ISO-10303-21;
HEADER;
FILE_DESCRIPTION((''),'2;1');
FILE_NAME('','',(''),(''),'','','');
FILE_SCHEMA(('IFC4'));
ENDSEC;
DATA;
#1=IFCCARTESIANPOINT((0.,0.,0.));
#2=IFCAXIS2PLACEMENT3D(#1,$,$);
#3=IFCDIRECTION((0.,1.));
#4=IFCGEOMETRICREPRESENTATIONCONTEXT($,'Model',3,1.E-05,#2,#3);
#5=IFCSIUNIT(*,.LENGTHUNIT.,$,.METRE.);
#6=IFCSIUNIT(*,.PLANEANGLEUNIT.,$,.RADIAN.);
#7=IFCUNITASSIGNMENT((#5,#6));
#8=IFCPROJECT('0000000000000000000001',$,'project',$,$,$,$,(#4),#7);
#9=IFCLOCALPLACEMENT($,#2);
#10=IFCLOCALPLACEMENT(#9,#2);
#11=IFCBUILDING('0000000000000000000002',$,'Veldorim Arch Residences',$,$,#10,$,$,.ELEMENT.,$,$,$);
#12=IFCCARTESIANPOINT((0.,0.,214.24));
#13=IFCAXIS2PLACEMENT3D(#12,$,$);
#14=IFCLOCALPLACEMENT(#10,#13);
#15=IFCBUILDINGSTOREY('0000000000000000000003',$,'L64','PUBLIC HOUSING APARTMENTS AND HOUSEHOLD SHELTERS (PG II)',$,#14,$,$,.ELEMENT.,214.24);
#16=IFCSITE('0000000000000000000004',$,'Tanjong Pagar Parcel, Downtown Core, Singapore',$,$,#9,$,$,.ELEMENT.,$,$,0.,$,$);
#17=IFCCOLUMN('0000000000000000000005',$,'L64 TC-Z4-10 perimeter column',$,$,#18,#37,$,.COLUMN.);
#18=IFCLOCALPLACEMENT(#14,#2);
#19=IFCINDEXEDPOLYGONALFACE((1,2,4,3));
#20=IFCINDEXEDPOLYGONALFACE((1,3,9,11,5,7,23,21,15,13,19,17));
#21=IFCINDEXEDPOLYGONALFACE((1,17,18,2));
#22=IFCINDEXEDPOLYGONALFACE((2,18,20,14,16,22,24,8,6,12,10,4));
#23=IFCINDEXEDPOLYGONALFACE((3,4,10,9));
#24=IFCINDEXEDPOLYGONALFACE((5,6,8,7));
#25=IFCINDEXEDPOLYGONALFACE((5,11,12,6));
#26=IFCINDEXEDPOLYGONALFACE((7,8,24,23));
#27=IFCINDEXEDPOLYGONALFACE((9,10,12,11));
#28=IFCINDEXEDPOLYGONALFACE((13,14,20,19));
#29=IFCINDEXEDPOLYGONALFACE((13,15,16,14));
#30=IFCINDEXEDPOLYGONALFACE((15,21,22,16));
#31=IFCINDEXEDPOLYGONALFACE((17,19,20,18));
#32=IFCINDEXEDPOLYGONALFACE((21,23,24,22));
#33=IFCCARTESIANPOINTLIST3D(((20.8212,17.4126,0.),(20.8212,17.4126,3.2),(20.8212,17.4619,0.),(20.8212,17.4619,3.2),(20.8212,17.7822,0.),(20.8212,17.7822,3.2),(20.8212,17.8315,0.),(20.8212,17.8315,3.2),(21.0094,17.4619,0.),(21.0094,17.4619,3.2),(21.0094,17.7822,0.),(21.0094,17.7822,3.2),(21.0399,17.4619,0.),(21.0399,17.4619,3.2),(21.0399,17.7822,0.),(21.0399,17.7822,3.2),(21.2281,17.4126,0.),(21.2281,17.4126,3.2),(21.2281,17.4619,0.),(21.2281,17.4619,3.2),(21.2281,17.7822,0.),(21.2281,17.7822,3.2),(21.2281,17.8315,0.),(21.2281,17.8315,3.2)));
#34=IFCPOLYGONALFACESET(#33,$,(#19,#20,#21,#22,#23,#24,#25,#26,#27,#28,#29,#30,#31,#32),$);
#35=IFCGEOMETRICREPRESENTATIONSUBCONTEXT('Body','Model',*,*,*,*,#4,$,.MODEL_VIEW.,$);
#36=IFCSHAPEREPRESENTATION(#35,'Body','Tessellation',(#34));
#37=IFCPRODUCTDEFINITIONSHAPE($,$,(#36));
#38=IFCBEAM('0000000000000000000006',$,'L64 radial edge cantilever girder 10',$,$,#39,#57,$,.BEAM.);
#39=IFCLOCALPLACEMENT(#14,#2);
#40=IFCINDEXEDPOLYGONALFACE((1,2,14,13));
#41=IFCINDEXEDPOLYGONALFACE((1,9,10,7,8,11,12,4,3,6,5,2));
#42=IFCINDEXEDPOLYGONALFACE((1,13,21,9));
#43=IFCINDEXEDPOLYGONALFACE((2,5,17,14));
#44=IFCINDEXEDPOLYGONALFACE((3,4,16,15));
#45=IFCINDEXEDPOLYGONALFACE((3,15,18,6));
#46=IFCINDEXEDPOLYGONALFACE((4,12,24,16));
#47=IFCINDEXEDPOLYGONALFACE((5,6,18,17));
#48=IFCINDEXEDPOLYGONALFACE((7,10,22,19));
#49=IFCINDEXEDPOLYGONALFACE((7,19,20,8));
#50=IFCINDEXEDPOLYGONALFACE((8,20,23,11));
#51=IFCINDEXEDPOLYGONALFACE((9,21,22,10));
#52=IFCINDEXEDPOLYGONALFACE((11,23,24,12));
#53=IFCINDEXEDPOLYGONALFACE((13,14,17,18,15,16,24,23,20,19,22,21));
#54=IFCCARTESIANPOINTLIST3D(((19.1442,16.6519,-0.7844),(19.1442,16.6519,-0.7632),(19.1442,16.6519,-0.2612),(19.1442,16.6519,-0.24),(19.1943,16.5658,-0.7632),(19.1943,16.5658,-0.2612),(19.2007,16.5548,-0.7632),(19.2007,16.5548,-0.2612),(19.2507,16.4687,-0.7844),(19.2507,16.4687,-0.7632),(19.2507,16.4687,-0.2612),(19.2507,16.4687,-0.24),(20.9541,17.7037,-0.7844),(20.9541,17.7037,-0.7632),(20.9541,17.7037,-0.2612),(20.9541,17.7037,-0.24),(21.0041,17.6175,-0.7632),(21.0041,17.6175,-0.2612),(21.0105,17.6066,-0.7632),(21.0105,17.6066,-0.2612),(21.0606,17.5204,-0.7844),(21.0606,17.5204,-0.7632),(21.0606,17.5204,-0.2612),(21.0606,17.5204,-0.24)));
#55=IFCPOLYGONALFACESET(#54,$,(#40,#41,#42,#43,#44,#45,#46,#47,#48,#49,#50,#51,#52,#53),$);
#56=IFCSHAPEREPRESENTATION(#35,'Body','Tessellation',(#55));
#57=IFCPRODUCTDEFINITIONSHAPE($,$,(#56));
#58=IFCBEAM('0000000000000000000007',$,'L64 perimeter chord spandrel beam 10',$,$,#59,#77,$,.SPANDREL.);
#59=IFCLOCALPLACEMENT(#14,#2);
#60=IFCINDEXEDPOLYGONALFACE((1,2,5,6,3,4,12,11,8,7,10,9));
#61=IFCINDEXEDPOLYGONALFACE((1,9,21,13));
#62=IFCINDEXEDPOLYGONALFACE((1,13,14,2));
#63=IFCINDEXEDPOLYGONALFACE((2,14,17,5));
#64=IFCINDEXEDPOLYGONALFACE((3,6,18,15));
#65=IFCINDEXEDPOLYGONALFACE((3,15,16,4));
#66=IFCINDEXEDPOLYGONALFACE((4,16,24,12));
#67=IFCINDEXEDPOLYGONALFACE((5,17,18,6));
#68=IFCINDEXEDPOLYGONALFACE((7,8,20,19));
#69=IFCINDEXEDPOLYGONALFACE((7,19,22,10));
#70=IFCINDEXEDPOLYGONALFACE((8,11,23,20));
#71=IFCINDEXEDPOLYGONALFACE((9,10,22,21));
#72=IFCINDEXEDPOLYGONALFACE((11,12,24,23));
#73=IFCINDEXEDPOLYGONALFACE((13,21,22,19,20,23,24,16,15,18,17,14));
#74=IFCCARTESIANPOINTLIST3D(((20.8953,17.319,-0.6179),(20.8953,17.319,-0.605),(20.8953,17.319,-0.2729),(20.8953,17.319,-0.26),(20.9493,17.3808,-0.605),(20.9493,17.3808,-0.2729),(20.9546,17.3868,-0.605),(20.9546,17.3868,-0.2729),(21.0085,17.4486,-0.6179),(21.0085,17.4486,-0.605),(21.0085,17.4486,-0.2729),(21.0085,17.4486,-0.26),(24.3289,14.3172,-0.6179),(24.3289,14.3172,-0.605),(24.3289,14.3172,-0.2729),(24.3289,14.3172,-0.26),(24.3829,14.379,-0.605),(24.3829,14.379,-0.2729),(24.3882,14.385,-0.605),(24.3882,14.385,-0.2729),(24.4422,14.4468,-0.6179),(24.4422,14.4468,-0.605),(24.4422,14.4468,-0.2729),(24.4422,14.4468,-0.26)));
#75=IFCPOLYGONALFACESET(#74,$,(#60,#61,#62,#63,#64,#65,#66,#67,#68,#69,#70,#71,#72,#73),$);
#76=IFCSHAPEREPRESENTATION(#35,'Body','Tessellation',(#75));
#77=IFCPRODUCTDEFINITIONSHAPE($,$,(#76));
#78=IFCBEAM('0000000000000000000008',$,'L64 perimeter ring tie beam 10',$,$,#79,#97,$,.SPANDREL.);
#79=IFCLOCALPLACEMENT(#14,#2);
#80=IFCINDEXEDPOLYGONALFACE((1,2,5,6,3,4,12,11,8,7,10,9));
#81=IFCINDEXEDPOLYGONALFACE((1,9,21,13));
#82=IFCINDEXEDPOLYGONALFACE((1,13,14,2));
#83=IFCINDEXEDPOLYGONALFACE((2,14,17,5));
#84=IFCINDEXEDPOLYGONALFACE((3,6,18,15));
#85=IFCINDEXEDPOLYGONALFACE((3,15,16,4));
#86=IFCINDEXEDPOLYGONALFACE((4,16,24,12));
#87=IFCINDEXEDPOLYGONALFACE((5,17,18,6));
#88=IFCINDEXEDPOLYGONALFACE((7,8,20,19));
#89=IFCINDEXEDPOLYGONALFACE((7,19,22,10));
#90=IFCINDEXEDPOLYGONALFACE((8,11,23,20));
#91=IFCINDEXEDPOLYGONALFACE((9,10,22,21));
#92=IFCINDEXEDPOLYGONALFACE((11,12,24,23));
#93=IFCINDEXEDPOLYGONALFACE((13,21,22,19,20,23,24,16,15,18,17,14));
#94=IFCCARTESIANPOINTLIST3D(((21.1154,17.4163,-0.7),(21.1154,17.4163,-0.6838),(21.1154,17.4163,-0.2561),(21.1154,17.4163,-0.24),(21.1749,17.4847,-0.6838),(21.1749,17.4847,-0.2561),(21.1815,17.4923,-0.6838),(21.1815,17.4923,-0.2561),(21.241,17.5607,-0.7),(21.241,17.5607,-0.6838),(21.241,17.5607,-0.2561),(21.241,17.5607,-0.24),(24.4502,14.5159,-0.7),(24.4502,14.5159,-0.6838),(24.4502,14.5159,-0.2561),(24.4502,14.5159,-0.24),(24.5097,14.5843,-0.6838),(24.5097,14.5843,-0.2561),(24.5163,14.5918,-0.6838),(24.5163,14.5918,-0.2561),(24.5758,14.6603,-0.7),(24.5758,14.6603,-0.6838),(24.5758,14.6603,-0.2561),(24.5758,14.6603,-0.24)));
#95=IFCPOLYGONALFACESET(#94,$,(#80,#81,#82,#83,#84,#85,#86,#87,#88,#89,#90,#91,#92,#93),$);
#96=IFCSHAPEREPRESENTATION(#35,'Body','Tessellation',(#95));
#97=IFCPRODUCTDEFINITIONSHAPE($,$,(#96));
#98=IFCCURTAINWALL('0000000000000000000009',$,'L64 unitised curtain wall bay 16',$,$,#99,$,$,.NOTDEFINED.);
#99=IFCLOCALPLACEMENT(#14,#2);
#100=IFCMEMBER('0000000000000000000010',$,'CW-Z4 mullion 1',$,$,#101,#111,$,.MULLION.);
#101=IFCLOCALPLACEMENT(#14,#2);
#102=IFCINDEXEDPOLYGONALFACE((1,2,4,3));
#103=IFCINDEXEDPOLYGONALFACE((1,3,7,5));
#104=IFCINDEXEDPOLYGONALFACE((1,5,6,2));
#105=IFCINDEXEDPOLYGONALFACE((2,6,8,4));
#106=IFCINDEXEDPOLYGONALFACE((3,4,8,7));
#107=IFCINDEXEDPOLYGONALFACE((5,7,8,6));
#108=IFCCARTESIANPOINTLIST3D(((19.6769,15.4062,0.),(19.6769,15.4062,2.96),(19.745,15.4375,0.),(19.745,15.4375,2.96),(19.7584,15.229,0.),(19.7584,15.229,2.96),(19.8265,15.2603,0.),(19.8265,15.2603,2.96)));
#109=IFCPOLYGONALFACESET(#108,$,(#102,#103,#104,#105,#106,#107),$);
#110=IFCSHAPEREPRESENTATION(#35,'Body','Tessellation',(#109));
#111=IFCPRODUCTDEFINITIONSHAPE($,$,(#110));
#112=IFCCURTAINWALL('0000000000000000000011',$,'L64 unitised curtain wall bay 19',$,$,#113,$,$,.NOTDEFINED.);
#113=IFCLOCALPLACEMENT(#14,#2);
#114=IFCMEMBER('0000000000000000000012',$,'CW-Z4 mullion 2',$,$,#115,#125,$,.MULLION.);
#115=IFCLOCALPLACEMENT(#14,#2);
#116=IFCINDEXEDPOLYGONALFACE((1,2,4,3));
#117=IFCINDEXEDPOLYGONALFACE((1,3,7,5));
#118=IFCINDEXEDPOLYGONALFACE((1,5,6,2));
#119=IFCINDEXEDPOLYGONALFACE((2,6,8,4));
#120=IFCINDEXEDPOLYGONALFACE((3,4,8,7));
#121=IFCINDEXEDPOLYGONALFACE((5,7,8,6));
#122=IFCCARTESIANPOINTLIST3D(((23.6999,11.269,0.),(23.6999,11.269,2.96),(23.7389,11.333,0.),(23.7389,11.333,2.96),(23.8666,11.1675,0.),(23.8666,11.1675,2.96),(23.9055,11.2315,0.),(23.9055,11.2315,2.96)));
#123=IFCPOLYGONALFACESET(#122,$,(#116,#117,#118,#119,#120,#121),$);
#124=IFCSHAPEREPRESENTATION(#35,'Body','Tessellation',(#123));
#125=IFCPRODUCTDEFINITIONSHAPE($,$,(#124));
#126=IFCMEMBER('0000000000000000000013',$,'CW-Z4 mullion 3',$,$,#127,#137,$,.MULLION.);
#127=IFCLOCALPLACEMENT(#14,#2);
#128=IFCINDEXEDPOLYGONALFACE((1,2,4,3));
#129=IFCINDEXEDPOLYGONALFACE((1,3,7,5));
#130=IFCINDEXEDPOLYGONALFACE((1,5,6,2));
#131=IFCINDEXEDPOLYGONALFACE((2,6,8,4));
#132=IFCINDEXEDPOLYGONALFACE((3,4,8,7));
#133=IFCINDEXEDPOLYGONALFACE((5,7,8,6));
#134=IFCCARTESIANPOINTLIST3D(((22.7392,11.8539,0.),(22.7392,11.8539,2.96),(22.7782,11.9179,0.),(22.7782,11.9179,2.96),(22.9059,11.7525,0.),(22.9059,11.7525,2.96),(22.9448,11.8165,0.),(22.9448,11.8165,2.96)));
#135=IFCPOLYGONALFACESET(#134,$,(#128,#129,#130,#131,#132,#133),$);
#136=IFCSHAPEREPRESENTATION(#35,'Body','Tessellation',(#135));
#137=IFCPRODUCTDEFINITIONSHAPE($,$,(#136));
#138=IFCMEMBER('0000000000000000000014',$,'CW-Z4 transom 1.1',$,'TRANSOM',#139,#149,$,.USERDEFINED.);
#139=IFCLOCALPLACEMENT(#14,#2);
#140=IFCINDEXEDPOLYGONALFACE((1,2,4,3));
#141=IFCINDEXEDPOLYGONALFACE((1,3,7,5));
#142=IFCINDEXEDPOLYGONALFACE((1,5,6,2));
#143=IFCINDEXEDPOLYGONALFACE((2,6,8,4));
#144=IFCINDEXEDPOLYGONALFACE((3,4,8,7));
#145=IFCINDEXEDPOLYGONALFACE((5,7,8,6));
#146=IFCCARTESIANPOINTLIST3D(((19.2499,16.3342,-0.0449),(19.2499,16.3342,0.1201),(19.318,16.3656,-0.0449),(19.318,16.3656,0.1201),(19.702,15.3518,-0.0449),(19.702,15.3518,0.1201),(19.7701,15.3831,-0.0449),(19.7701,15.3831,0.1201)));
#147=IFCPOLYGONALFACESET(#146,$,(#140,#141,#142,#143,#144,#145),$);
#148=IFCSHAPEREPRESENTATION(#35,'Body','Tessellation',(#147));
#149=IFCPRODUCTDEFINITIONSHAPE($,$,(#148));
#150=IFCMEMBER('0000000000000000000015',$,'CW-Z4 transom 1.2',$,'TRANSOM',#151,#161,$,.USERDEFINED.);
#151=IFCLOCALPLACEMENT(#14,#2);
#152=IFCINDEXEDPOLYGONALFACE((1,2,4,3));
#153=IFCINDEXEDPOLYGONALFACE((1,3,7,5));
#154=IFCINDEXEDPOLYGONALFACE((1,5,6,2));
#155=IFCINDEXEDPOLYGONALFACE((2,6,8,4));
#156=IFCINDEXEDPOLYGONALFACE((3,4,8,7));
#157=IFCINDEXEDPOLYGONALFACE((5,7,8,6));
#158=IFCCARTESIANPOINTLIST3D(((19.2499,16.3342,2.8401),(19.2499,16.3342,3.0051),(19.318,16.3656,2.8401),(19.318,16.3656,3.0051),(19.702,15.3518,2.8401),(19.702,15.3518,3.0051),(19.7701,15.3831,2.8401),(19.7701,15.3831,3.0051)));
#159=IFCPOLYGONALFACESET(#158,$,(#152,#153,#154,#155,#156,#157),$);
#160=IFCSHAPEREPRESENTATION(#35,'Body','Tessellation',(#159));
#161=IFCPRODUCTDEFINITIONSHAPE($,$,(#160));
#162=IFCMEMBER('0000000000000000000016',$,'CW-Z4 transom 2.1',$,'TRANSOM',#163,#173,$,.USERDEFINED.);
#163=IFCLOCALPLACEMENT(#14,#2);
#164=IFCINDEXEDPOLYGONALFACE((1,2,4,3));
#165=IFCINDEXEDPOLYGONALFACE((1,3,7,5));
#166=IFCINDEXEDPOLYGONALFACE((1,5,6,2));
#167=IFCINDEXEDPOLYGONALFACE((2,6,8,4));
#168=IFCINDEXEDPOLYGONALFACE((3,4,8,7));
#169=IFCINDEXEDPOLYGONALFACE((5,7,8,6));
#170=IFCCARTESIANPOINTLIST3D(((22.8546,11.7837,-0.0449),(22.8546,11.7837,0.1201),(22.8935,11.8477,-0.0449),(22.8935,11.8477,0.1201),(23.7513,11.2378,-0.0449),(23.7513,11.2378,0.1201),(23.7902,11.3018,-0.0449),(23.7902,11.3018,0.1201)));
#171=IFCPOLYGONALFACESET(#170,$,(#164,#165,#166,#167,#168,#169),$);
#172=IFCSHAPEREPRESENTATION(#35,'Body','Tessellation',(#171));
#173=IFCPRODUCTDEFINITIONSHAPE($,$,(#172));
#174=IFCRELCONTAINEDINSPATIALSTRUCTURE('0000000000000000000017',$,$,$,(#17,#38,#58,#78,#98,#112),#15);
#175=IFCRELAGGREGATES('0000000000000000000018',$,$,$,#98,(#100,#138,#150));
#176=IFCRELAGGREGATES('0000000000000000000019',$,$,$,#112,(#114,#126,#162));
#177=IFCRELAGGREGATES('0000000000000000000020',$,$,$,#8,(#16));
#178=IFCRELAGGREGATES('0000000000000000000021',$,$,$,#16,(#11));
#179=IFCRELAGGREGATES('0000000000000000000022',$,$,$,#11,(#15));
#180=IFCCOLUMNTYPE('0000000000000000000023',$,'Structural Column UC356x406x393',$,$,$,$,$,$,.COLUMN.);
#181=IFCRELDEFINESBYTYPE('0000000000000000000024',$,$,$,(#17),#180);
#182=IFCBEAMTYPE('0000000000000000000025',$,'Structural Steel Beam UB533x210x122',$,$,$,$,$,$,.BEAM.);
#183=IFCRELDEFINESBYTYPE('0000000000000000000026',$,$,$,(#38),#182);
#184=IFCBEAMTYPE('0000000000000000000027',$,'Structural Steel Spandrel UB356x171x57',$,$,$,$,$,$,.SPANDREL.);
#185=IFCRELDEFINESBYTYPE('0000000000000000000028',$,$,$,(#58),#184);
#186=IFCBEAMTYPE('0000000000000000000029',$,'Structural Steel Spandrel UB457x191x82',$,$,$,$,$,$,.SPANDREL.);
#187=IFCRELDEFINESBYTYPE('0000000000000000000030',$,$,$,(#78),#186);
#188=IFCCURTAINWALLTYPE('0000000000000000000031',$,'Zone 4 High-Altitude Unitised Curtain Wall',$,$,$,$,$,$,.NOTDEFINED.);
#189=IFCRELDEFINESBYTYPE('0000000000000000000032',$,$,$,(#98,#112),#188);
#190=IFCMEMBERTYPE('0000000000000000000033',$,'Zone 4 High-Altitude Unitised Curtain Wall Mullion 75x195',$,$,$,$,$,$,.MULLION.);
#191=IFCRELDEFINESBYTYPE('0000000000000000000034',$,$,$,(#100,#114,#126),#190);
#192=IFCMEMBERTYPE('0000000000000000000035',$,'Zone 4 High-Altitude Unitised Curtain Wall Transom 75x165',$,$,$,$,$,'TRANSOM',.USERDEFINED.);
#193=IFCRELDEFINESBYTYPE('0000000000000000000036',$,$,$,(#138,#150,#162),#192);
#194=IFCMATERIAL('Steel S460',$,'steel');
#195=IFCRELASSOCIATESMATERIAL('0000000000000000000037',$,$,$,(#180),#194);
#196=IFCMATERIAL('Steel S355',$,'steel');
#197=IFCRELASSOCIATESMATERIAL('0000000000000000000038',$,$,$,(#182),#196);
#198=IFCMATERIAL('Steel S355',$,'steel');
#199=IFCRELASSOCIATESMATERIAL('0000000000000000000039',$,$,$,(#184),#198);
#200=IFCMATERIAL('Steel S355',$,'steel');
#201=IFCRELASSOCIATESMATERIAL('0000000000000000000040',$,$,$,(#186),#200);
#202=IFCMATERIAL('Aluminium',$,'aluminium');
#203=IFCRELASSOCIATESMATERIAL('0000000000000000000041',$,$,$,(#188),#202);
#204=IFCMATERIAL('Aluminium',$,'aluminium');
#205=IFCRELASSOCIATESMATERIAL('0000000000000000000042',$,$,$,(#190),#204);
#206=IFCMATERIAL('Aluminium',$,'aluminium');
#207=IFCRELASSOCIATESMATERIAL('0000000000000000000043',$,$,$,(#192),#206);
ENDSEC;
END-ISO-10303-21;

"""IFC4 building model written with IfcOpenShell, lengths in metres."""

from ifc_helpers import new_model, si_unit, direction, frame, origin, origin_2d, place, context, subcontext, project, spatial, rectangle, i_section, extrude, material, material_profile, profile_set, type_object, element, aggregate, save


model = new_model("IFC4")

# Units and contexts
model_context = context("Model", 3, precision=1e-05, world=origin(), true_north=direction((0.0, 1.0)))
body_context = subcontext(model_context, "Body", "Model", "MODEL_VIEW")
ifc_project = project(units=[si_unit("LENGTHUNIT", "METRE"), si_unit("PLANEANGLEUNIT", "RADIAN")], contexts=[model_context])

# Site, building, storey
site_placement = place(None, origin())
site = spatial("IfcSite", under=ifc_project, at=site_placement, Name="Tanjong Pagar Parcel, Downtown Core, Singapore", CompositionType="ELEMENT", RefElevation=0.0)
building_placement = place(site_placement, origin())
building = spatial("IfcBuilding", under=site, at=building_placement, Name="Veldorim Arch Residences", CompositionType="ELEMENT")
storey_placement = place(building_placement, frame((0.0, 0.0, 214.24)))
storey = spatial("IfcBuildingStorey", under=building, at=storey_placement, Name="L64", Description="PUBLIC HOUSING APARTMENTS AND HOUSEHOLD SHELTERS (PG II)", CompositionType="ELEMENT", Elevation=214.24)

# Column
ifc_material_1 = material(Name="Steel S460", Category="steel")
ifc_material_profile_1 = material_profile(ifc_material_1, i_section(OverallWidth=0.407, OverallDepth=0.4189, WebThickness=0.0305, FlangeThickness=0.0493, at=origin_2d()), Name="UC356x406x393")
ifc_profile_set_1 = profile_set([ifc_material_profile_1], Name="Steel S460")
column_type = type_object("IfcColumnType", Name="Structural Column UC356x406x393", PredefinedType="COLUMN", material=ifc_profile_set_1)
column_placement = place(storey_placement, frame((21.0247, 17.6221, 0.0), z_axis=(0.0, 0.0, 1.0), x_axis=(1.0, 0.0, 0.0)))
element("IfcColumn", 1, at=column_placement, inside=storey, type_object=column_type, Name="L64 TC-Z4-10 perimeter column", PredefinedType="COLUMN", context=body_context, shape_type="SweptSolid", body=[
    extrude(i_section(OverallWidth=0.407, OverallDepth=0.4189, WebThickness=0.0305, FlangeThickness=0.0493, at=origin_2d()), origin(), (0.0, 0.0, 1.0), 3.2),
])

# Beams
ifc_material_2 = material(Name="Steel S355", Category="steel")
ifc_material_profile_2 = material_profile(ifc_material_2, i_section(OverallWidth=0.2119, OverallDepth=0.5444, WebThickness=0.0127, FlangeThickness=0.0212, at=origin_2d()), Name="UB533x210x122")
ifc_profile_set_2 = profile_set([ifc_material_profile_2], Name="Steel S355")
beam_type_1 = type_object("IfcBeamType", Name="Structural Steel Beam UB533x210x122", PredefinedType="BEAM", material=ifc_profile_set_2)
beam_1_placement = place(storey_placement, frame((21.0073, 17.6121, -0.5122), z_axis=(-0.864603, -0.502456, 0.0), x_axis=(0.502456, -0.864603, 0.0)))
element("IfcBeam", 2, at=beam_1_placement, inside=storey, type_object=beam_type_1, Name="L64 radial edge cantilever girder 10", PredefinedType="BEAM", context=body_context, shape_type="SweptSolid", body=[
    extrude(i_section(OverallWidth=0.2119, OverallDepth=0.5444, WebThickness=0.0127, FlangeThickness=0.0212, at=origin_2d()), origin(), (0.0, 0.0, 1.0), 2.0933),
])
ifc_material_3 = material(Name="Steel S355", Category="steel")
ifc_material_profile_3 = material_profile(ifc_material_3, i_section(OverallWidth=0.1721, OverallDepth=0.3579, WebThickness=0.0081, FlangeThickness=0.0129, at=origin_2d()), Name="UB356x171x57")
ifc_profile_set_3 = profile_set([ifc_material_profile_3], Name="Steel S355")
beam_type_2 = type_object("IfcBeamType", Name="Structural Steel Spandrel UB356x171x57", PredefinedType="SPANDREL", material=ifc_profile_set_3)
beam_2_placement = place(storey_placement, frame((20.9519, 17.3838, -0.439), z_axis=(0.752868, -0.658171, 0.0), x_axis=(0.658171, 0.752868, 0.0)))
element("IfcBeam", 3, at=beam_2_placement, inside=storey, type_object=beam_type_2, Name="L64 perimeter chord spandrel beam 10", PredefinedType="SPANDREL", context=body_context, shape_type="SweptSolid", body=[
    extrude(i_section(OverallWidth=0.1721, OverallDepth=0.3579, WebThickness=0.0081, FlangeThickness=0.0129, at=origin_2d()), origin(), (0.0, 0.0, 1.0), 4.5608),
])
ifc_material_4 = material(Name="Steel S355", Category="steel")
ifc_material_profile_4 = material_profile(ifc_material_4, i_section(OverallWidth=0.1914, OverallDepth=0.46, WebThickness=0.01, FlangeThickness=0.0161, at=origin_2d()), Name="UB457x191x82")
ifc_profile_set_4 = profile_set([ifc_material_profile_4], Name="Steel S355")
beam_type_3 = type_object("IfcBeamType", Name="Structural Steel Spandrel UB457x191x82", PredefinedType="SPANDREL", material=ifc_profile_set_4)
beam_3_placement = place(storey_placement, frame((21.1782, 17.4885, -0.47), z_axis=(0.754534, -0.656261, 0.0), x_axis=(0.656261, 0.754534, 0.0)))
element("IfcBeam", 4, at=beam_3_placement, inside=storey, type_object=beam_type_3, Name="L64 perimeter ring tie beam 10", PredefinedType="SPANDREL", context=body_context, shape_type="SweptSolid", body=[
    extrude(i_section(OverallWidth=0.1914, OverallDepth=0.46, WebThickness=0.01, FlangeThickness=0.0161, at=origin_2d()), origin(), (0.0, 0.0, 1.0), 4.4197),
])

# Curtain wall, member
ifc_material_5 = material(Name="Aluminium", Category="aluminium")
curtain_wall_type = type_object("IfcCurtainWallType", Name="Zone 4 High-Altitude Unitised Curtain Wall", PredefinedType="NOTDEFINED", material=ifc_material_5)
curtain_wall_1_placement = place(storey_placement, origin())
curtain_wall_1 = element("IfcCurtainWall", 5, at=curtain_wall_1_placement, inside=storey, type_object=curtain_wall_type, Name="L64 unitised curtain wall bay 16", PredefinedType="NOTDEFINED")
ifc_material_6 = material(Name="Aluminium", Category="aluminium")
ifc_material_profile_5 = material_profile(ifc_material_6, rectangle(XDim=0.075, YDim=0.1951, at=origin_2d()), Name="ALU_MUL_75x195")
ifc_profile_set_5 = profile_set([ifc_material_profile_5], Name="Aluminium")
member_type_1 = type_object("IfcMemberType", Name="Zone 4 High-Altitude Unitised Curtain Wall Mullion 75x195", PredefinedType="MULLION", material=ifc_profile_set_5)
member_1_placement = place(storey_placement, frame((19.7517, 15.3333, 0.0), z_axis=(0.0, 0.0, 1.0), x_axis=(-0.9084, -0.418102, 0.0)))
member_1 = element("IfcMember", 6, at=member_1_placement, type_object=member_type_1, Name="CW-Z4 mullion 1", PredefinedType="MULLION", context=body_context, shape_type="SweptSolid", body=[
    extrude(rectangle(XDim=0.075, YDim=0.1951, at=origin_2d()), origin(), (0.0, 0.0, 1.0), 2.96),
])

# Curtain wall, members
curtain_wall_2_placement = place(storey_placement, origin())
curtain_wall_2 = element("IfcCurtainWall", 7, at=curtain_wall_2_placement, inside=storey, type_object=curtain_wall_type, Name="L64 unitised curtain wall bay 19", PredefinedType="NOTDEFINED")
member_2_placement = place(storey_placement, frame((23.8027, 11.2502, 0.0), z_axis=(0.0, 0.0, 1.0), x_axis=(-0.520033, -0.854146, 0.0)))
member_2 = element("IfcMember", 8, at=member_2_placement, type_object=member_type_1, Name="CW-Z4 mullion 2", PredefinedType="MULLION", context=body_context, shape_type="SweptSolid", body=[
    extrude(rectangle(XDim=0.075, YDim=0.1951, at=origin_2d()), origin(), (0.0, 0.0, 1.0), 2.96),
])
member_3_placement = place(storey_placement, frame((22.842, 11.8352, 0.0), z_axis=(0.0, 0.0, 1.0), x_axis=(-0.520033, -0.854146, 0.0)))
member_3 = element("IfcMember", 9, at=member_3_placement, type_object=member_type_1, Name="CW-Z4 mullion 3", PredefinedType="MULLION", context=body_context, shape_type="SweptSolid", body=[
    extrude(rectangle(XDim=0.075, YDim=0.1951, at=origin_2d()), origin(), (0.0, 0.0, 1.0), 2.96),
])

# Members
ifc_material_7 = material(Name="Aluminium", Category="aluminium")
ifc_material_profile_6 = material_profile(ifc_material_7, rectangle(XDim=0.075, YDim=0.165, at=origin_2d()), Name="ALU_TRN_75x165")
ifc_profile_set_6 = profile_set([ifc_material_profile_6], Name="Aluminium")
member_type_2 = type_object("IfcMemberType", Name="Zone 4 High-Altitude Unitised Curtain Wall Transom 75x165", ElementType="TRANSOM", PredefinedType="USERDEFINED", material=ifc_profile_set_6)
member_4_placement = place(storey_placement, frame((19.7361, 15.3674, 0.0376), z_axis=(-0.418084, 0.908408, 0.0), x_axis=(-0.908408, -0.418084, 0.0)))
member_4 = element("IfcMember", 10, at=member_4_placement, type_object=member_type_2, Name="CW-Z4 transom 1.1", ObjectType="TRANSOM", PredefinedType="USERDEFINED", context=body_context, shape_type="SweptSolid", body=[
    extrude(rectangle(XDim=0.075, YDim=0.165, at=origin_2d()), origin(), (0.0, 0.0, 1.0), 1.0815),
])
member_5_placement = place(storey_placement, frame((19.7361, 15.3674, 2.9226), z_axis=(-0.418084, 0.908408, 0.0), x_axis=(-0.908408, -0.418084, 0.0)))
member_5 = element("IfcMember", 11, at=member_5_placement, type_object=member_type_2, Name="CW-Z4 transom 1.2", ObjectType="TRANSOM", PredefinedType="USERDEFINED", context=body_context, shape_type="SweptSolid", body=[
    extrude(rectangle(XDim=0.075, YDim=0.165, at=origin_2d()), origin(), (0.0, 0.0, 1.0), 1.0815),
])
member_6_placement = place(storey_placement, frame((23.7708, 11.2698, 0.0376), z_axis=(-0.854172, 0.519991, 0.0), x_axis=(-0.519991, -0.854172, 0.0)))
member_6 = element("IfcMember", 12, at=member_6_placement, type_object=member_type_2, Name="CW-Z4 transom 2.1", ObjectType="TRANSOM", PredefinedType="USERDEFINED", context=body_context, shape_type="SweptSolid", body=[
    extrude(rectangle(XDim=0.075, YDim=0.165, at=origin_2d()), origin(), (0.0, 0.0, 1.0), 1.0498),
])

aggregate(curtain_wall_1, [member_1, member_4, member_5])
aggregate(curtain_wall_2, [member_2, member_3, member_6])

save(model, "model.ifc")
